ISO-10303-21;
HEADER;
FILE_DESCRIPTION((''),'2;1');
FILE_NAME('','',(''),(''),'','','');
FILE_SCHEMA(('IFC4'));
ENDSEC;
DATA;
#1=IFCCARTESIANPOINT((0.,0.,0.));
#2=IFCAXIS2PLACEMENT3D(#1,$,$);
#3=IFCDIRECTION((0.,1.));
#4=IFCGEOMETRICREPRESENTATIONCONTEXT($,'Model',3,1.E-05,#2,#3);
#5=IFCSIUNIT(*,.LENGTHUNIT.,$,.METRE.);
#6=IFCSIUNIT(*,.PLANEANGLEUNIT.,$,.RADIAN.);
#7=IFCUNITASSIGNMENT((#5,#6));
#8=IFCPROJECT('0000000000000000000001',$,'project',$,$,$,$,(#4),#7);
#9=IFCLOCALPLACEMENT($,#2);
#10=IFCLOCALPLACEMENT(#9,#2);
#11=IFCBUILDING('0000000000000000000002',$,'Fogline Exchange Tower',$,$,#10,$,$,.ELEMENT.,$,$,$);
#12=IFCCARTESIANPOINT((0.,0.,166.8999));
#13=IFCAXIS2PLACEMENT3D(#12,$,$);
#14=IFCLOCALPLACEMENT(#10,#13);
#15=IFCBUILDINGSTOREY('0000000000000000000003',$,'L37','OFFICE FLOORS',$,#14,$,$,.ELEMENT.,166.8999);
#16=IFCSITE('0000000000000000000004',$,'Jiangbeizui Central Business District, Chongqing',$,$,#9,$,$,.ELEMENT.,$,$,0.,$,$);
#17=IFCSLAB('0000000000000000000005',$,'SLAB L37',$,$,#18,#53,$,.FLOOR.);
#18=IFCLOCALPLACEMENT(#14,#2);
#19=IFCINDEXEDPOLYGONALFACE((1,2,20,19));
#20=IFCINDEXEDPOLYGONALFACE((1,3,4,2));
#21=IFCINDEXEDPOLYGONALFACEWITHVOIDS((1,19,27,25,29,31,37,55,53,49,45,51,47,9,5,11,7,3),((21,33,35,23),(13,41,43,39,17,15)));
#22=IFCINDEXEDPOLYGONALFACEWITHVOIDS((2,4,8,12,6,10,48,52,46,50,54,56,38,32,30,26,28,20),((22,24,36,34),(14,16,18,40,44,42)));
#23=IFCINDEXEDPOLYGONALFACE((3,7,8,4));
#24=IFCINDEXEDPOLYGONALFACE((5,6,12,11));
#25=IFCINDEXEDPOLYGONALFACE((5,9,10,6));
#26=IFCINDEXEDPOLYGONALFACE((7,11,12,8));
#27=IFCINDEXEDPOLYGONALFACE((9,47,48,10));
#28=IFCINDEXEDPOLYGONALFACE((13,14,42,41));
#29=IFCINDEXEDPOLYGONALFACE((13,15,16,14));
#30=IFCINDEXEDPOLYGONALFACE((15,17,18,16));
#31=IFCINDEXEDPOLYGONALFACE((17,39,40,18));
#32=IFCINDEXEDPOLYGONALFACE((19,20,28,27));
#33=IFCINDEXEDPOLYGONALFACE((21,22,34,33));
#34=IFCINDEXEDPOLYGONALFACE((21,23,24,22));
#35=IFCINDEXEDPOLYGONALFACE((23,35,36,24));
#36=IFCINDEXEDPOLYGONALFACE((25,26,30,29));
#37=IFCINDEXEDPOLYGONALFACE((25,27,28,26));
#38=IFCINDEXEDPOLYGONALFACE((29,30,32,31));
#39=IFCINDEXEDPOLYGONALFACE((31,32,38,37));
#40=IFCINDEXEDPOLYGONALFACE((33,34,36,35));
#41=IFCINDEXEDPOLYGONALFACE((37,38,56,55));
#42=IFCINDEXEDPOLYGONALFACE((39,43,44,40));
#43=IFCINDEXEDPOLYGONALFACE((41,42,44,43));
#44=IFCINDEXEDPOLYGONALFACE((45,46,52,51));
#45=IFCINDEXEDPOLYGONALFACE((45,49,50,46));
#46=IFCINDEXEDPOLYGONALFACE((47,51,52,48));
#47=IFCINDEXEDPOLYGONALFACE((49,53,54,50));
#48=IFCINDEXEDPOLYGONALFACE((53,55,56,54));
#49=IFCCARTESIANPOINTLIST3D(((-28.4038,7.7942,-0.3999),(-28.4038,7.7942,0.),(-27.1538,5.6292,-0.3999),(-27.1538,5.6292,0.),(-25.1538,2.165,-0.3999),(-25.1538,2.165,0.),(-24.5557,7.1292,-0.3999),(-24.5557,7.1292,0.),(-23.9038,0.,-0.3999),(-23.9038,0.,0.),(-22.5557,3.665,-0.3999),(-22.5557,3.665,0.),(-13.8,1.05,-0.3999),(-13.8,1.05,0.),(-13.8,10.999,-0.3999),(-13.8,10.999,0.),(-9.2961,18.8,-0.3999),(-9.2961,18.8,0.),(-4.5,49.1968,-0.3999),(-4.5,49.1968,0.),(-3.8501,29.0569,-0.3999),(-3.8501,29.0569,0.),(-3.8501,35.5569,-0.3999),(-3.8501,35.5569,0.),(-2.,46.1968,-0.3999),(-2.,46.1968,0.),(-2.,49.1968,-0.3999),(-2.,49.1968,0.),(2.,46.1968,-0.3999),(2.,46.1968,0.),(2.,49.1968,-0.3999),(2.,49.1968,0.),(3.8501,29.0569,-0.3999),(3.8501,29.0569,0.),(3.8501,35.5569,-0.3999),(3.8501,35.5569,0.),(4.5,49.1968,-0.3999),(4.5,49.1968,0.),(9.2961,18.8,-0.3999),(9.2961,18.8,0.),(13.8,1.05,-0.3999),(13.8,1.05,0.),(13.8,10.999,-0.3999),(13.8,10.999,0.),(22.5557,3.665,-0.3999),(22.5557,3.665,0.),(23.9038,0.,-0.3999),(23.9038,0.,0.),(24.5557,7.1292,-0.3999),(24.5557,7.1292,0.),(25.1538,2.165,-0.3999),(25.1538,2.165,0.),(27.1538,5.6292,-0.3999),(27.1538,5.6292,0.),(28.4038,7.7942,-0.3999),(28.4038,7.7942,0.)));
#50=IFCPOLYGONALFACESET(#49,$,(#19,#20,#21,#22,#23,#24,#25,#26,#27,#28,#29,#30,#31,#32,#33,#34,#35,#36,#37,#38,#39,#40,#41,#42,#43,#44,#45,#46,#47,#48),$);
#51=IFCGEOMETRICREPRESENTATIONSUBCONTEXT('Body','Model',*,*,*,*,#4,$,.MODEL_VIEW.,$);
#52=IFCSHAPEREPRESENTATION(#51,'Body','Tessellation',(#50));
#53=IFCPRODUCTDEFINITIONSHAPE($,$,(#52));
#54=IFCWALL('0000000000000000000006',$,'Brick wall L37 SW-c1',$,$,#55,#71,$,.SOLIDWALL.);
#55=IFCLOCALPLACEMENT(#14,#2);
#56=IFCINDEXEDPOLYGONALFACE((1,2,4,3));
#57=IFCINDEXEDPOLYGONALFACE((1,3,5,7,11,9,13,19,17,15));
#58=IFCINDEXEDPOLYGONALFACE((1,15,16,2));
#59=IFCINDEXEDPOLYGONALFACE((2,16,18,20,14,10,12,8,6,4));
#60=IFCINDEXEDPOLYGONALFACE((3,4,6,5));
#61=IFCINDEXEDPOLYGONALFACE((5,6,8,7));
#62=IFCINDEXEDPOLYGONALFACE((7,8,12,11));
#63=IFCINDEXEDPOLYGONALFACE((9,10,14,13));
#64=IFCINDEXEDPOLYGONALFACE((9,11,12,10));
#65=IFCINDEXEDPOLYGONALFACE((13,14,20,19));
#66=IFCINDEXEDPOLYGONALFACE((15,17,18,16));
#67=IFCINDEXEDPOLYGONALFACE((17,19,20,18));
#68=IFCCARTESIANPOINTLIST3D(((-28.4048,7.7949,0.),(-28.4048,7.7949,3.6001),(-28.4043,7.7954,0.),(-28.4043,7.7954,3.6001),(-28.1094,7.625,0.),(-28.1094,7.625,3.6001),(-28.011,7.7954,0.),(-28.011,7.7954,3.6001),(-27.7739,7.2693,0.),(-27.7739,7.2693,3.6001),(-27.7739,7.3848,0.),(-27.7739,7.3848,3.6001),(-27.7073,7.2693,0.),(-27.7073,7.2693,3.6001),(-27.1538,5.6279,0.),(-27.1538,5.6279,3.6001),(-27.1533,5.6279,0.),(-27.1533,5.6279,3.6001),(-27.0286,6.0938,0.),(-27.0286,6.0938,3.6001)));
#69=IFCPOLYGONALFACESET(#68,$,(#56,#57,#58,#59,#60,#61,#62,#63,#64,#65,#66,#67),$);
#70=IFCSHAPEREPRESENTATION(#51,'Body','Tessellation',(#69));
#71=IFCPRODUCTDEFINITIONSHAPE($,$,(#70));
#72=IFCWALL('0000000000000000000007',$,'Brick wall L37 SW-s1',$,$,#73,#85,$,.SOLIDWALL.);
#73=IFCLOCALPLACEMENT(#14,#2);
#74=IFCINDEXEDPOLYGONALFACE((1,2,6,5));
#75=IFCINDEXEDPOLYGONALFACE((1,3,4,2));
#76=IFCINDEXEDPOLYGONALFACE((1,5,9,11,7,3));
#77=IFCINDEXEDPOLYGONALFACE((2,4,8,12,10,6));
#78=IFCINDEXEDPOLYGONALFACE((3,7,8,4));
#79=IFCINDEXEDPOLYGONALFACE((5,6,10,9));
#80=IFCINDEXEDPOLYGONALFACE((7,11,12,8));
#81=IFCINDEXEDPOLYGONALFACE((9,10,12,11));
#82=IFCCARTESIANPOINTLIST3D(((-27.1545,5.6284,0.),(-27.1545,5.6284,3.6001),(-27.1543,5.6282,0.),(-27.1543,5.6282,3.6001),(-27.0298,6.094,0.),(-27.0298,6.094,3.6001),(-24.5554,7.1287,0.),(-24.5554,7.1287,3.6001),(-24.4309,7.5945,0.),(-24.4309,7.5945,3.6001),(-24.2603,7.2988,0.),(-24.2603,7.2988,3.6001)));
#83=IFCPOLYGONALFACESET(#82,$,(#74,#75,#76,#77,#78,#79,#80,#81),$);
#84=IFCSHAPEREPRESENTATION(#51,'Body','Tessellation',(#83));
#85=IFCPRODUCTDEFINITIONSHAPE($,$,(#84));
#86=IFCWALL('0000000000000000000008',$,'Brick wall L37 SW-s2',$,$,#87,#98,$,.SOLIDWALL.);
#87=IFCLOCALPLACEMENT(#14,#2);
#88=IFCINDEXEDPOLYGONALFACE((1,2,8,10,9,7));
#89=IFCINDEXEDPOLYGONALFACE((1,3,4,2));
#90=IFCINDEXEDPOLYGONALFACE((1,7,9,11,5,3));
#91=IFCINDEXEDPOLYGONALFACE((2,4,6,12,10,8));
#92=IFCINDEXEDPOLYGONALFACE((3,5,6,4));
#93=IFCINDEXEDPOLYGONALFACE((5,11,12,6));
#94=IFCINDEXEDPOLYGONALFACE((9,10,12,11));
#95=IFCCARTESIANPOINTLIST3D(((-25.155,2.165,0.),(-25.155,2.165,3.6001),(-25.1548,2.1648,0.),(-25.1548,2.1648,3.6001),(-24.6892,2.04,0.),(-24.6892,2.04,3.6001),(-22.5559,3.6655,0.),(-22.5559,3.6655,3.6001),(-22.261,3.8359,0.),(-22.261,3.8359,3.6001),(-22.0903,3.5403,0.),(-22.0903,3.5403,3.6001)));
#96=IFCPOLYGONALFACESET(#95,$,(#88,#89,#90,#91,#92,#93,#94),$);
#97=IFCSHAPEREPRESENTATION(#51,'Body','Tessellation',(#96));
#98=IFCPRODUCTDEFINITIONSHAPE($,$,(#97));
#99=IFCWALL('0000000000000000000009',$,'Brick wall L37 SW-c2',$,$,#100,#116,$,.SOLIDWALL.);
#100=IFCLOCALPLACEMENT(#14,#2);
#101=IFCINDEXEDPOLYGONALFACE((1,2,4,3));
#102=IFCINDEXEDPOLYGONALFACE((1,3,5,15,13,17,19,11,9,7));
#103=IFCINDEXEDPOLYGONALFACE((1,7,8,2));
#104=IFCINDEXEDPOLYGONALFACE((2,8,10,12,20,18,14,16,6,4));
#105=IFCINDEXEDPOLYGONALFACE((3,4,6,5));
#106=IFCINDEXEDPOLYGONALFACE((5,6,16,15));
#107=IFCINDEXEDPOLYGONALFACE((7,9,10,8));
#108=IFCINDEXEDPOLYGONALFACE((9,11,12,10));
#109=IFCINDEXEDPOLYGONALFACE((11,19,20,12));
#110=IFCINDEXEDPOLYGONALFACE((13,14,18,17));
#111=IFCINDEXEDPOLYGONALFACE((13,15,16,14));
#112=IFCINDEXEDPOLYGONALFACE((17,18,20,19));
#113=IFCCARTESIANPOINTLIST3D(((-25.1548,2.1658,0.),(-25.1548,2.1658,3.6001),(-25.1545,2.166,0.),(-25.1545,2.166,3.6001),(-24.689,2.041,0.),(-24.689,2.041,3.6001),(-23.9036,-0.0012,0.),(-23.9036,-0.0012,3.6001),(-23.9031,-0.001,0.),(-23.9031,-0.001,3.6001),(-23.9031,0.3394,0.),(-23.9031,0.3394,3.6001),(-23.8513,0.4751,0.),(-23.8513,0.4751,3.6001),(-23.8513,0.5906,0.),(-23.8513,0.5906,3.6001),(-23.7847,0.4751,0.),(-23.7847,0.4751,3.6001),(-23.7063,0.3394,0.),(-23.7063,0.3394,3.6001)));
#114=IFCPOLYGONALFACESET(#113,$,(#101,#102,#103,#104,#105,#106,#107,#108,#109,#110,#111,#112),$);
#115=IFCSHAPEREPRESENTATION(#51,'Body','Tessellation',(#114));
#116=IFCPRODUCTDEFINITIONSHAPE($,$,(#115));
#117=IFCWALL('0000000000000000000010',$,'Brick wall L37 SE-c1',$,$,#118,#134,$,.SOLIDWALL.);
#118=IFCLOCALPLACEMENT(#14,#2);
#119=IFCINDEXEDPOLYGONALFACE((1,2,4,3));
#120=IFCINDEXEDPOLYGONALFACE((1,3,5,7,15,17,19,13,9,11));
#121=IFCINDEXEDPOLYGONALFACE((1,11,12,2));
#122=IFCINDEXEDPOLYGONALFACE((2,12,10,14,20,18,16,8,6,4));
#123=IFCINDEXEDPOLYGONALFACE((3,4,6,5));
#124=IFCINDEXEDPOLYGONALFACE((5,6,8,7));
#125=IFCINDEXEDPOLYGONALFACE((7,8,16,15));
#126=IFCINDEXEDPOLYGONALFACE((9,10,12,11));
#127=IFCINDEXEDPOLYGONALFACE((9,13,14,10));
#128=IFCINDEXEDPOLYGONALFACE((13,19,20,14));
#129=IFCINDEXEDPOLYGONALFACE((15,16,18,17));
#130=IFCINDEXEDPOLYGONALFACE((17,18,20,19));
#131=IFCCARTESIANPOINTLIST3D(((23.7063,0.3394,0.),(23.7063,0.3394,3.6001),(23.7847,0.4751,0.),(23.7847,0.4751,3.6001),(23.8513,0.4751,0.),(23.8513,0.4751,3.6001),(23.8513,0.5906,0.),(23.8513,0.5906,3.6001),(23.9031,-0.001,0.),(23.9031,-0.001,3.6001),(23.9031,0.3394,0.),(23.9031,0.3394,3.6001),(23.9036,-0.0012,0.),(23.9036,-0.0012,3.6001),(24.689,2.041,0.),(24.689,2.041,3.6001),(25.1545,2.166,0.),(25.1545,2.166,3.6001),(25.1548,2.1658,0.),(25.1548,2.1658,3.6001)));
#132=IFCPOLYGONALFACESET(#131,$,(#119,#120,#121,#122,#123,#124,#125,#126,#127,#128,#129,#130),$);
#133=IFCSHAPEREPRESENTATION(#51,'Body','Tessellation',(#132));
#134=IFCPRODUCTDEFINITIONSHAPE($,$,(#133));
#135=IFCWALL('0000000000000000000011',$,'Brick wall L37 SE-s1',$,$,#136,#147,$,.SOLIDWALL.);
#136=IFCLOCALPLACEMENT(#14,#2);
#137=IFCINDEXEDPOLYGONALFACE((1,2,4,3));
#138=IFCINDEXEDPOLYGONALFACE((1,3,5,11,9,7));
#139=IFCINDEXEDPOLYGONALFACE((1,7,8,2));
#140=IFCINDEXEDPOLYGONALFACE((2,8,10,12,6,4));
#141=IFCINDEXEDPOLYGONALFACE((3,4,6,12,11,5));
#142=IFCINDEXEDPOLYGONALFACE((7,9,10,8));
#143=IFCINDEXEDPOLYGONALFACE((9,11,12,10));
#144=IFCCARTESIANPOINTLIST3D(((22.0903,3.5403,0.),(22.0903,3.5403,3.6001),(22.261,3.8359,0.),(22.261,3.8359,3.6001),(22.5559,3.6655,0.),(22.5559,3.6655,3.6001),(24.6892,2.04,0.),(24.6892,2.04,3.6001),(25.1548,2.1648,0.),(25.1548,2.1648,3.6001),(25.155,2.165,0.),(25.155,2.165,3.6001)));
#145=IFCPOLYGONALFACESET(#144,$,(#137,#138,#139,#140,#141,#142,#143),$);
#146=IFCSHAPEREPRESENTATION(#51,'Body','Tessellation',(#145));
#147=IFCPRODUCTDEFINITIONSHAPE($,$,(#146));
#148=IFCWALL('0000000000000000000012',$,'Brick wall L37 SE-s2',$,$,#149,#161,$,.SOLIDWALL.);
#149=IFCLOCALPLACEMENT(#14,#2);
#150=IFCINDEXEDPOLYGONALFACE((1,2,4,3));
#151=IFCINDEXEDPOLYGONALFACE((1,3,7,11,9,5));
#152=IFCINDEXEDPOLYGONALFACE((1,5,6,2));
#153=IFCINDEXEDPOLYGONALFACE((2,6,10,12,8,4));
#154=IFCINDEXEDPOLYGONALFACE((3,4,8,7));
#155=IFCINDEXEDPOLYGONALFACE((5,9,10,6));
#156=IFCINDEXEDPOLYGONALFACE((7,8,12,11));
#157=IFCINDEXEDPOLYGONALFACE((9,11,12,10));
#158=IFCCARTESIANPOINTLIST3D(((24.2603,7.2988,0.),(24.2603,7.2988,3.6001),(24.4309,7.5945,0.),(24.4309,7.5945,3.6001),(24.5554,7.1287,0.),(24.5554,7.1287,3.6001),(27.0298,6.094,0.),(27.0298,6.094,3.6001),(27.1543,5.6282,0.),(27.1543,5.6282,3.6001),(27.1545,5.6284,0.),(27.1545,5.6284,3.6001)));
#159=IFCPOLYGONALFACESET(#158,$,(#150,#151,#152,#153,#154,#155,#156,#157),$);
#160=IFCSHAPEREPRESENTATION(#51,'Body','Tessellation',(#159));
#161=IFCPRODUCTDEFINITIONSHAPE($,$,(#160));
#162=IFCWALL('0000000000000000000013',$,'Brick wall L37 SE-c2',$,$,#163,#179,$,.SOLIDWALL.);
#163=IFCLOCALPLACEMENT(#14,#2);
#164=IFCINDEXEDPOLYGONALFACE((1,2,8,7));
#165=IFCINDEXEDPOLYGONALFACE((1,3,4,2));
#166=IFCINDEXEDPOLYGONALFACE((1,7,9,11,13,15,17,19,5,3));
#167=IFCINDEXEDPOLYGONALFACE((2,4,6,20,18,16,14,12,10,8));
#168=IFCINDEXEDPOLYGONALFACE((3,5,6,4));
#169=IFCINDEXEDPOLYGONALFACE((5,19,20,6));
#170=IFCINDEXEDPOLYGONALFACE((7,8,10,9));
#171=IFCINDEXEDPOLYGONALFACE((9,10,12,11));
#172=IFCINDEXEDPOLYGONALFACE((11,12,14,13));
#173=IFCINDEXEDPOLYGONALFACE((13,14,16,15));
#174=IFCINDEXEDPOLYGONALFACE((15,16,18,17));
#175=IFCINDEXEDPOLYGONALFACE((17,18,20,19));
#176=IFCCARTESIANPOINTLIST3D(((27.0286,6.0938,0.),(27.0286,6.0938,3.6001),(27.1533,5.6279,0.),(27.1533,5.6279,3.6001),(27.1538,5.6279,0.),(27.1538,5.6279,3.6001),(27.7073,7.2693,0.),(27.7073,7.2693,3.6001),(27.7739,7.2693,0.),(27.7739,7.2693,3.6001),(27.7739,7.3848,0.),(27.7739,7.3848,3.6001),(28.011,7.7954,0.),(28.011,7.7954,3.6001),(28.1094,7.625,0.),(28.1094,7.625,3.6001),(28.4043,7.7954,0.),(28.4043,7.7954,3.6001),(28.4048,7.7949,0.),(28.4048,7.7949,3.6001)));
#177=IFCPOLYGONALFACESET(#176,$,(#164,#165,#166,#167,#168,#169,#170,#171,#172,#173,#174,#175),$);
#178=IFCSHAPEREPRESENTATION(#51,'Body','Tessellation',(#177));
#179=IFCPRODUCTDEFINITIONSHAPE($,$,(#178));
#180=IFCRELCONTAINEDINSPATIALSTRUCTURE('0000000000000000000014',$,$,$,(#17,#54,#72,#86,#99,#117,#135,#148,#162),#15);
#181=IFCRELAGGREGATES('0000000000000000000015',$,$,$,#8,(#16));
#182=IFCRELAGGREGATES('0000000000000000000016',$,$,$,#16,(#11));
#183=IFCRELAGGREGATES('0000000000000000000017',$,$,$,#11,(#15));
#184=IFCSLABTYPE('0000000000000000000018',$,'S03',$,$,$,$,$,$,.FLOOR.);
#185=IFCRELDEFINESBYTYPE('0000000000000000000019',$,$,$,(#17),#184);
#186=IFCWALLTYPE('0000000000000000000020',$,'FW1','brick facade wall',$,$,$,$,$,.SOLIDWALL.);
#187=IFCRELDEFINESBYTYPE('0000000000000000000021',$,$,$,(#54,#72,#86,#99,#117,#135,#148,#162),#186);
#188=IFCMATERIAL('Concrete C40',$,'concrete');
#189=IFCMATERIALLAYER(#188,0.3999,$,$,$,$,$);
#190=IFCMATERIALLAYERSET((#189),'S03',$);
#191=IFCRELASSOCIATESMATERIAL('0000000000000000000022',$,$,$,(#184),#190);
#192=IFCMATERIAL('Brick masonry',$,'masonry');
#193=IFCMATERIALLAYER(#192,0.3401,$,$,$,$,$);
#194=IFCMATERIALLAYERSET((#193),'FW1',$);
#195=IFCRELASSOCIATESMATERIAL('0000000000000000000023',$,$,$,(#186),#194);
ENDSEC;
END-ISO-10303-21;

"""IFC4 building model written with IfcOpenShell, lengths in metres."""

from ifc_helpers import new_model, si_unit, direction, frame, origin, place, context, subcontext, project, spatial, polyline, outline, extrude, material, layer, layer_set, type_object, element, save


model = new_model("IFC4")

# Units and contexts
model_context = context("Model", 3, precision=1e-05, world=origin(), true_north=direction((0.0, 1.0)))
body_context = subcontext(model_context, "Body", "Model", "MODEL_VIEW")
ifc_project = project(units=[si_unit("LENGTHUNIT", "METRE"), si_unit("PLANEANGLEUNIT", "RADIAN")], contexts=[model_context])

# Site, building, storey
site_placement = place(None, origin())
site = spatial("IfcSite", under=ifc_project, at=site_placement, Name="Jiangbeizui Central Business District, Chongqing", CompositionType="ELEMENT", RefElevation=0.0)
building_placement = place(site_placement, origin())
building = spatial("IfcBuilding", under=site, at=building_placement, Name="Fogline Exchange Tower", CompositionType="ELEMENT")
storey_placement = place(building_placement, frame((0.0, 0.0, 166.8999)))
storey = spatial("IfcBuildingStorey", under=building, at=storey_placement, Name="L37", Description="OFFICE FLOORS", CompositionType="ELEMENT", Elevation=166.8999)

# Slab
ifc_material_1 = material(Name="Concrete C40", Category="concrete")
ifc_layer_1 = layer(ifc_material_1, 0.3999)
ifc_layer_set_1 = layer_set([ifc_layer_1], Name="S03")
slab_type = type_object("IfcSlabType", Name="S03", PredefinedType="FLOOR", material=ifc_layer_set_1)
slab_placement = place(storey_placement, frame((0.0, 0.0, -0.3999)))
element("IfcSlab", 1, at=slab_placement, inside=storey, type_object=slab_type, Name="SLAB L37", PredefinedType="FLOOR", context=body_context, shape_type="SweptSolid", body=[
    extrude(outline(polyline([(-2.0, 49.1968), (-4.5, 49.1968), (-28.4038, 7.7942), (-27.1538, 5.6292), (-24.5557, 7.1292), (-22.5557, 3.665), (-25.1538, 2.165), (-23.9038, 0.0), (23.9038, 0.0), (25.1538, 2.165), (22.5557, 3.665), (24.5557, 7.1292), (27.1538, 5.6292), (28.4038, 7.7942), (4.5, 49.1968), (2.0, 49.1968), (2.0, 46.1968), (-2.0, 46.1968), (-2.0, 49.1968)]), holes=[polyline([(13.8, 10.999), (13.8, 1.05), (-13.8, 1.05), (-13.8, 10.999), (-9.2961, 18.8), (9.2961, 18.8), (13.8, 10.999)]), polyline([(3.8501, 35.5569), (3.8501, 29.0569), (-3.8501, 29.0569), (-3.8501, 35.5569), (3.8501, 35.5569)])]), origin(), (0.0, 0.0, 1.0), 0.3999),
])

# Walls
ifc_material_2 = material(Name="Brick masonry", Category="masonry")
ifc_layer_2 = layer(ifc_material_2, 0.3401)
ifc_layer_set_2 = layer_set([ifc_layer_2], Name="FW1")
wall_type = type_object("IfcWallType", Name="FW1", Description="brick facade wall", PredefinedType="SOLIDWALL", material=ifc_layer_set_2)
wall_1_placement = place(storey_placement, origin())
element("IfcWall", 2, at=wall_1_placement, inside=storey, type_object=wall_type, Name="Brick wall L37 SW-c1", PredefinedType="SOLIDWALL", context=body_context, shape_type="SweptSolid", body=[
    extrude(outline(polyline([(-27.1538, 5.6279), (-28.4048, 7.7949), (-28.4043, 7.7954), (-28.1094, 7.625), (-28.011, 7.7954), (-27.7739, 7.3848), (-27.7739, 7.2693), (-27.7073, 7.2693), (-27.0286, 6.0938), (-27.1533, 5.6279), (-27.1538, 5.6279)])), origin(), (0.0, 0.0, 1.0), 3.6001),
])
wall_2_placement = place(storey_placement, origin())
element("IfcWall", 3, at=wall_2_placement, inside=storey, type_object=wall_type, Name="Brick wall L37 SW-s1", PredefinedType="SOLIDWALL", context=body_context, shape_type="SweptSolid", body=[
    extrude(outline(polyline([(-24.4309, 7.5945), (-24.2603, 7.2988), (-24.5554, 7.1287), (-27.1543, 5.6282), (-27.1545, 5.6284), (-27.0298, 6.094), (-24.4309, 7.5945)])), origin(), (0.0, 0.0, 1.0), 3.6001),
])
wall_3_placement = place(storey_placement, origin())
element("IfcWall", 4, at=wall_3_placement, inside=storey, type_object=wall_type, Name="Brick wall L37 SW-s2", PredefinedType="SOLIDWALL", context=body_context, shape_type="SweptSolid", body=[
    extrude(outline(polyline([(-25.155, 2.165), (-22.5559, 3.6655), (-22.261, 3.8359), (-22.0903, 3.5403), (-24.6892, 2.04), (-25.1548, 2.1648), (-25.155, 2.165)])), origin(), (0.0, 0.0, 1.0), 3.6001),
])
wall_4_placement = place(storey_placement, origin())
element("IfcWall", 5, at=wall_4_placement, inside=storey, type_object=wall_type, Name="Brick wall L37 SW-c2", PredefinedType="SOLIDWALL", context=body_context, shape_type="SweptSolid", body=[
    extrude(outline(polyline([(-23.8513, 0.5906), (-23.8513, 0.4751), (-23.7847, 0.4751), (-23.7063, 0.3394), (-23.9031, 0.3394), (-23.9031, -0.001), (-23.9036, -0.0012), (-25.1548, 2.1658), (-25.1545, 2.166), (-24.689, 2.041), (-23.8513, 0.5906)])), origin(), (0.0, 0.0, 1.0), 3.6001),
])
wall_5_placement = place(storey_placement, origin())
element("IfcWall", 6, at=wall_5_placement, inside=storey, type_object=wall_type, Name="Brick wall L37 SE-c1", PredefinedType="SOLIDWALL", context=body_context, shape_type="SweptSolid", body=[
    extrude(outline(polyline([(25.1548, 2.1658), (23.9036, -0.0012), (23.9031, -0.001), (23.9031, 0.3394), (23.7063, 0.3394), (23.7847, 0.4751), (23.8513, 0.4751), (23.8513, 0.5906), (24.689, 2.041), (25.1545, 2.166), (25.1548, 2.1658)])), origin(), (0.0, 0.0, 1.0), 3.6001),
])
wall_6_placement = place(storey_placement, origin())
element("IfcWall", 7, at=wall_6_placement, inside=storey, type_object=wall_type, Name="Brick wall L37 SE-s1", PredefinedType="SOLIDWALL", context=body_context, shape_type="SweptSolid", body=[
    extrude(outline(polyline([(22.0903, 3.5403), (22.261, 3.8359), (22.5559, 3.6655), (25.155, 2.165), (25.1548, 2.1648), (24.6892, 2.04), (22.0903, 3.5403)])), origin(), (0.0, 0.0, 1.0), 3.6001),
])
wall_7_placement = place(storey_placement, origin())
element("IfcWall", 8, at=wall_7_placement, inside=storey, type_object=wall_type, Name="Brick wall L37 SE-s2", PredefinedType="SOLIDWALL", context=body_context, shape_type="SweptSolid", body=[
    extrude(outline(polyline([(27.1543, 5.6282), (24.5554, 7.1287), (24.2603, 7.2988), (24.4309, 7.5945), (27.0298, 6.094), (27.1545, 5.6284), (27.1543, 5.6282)])), origin(), (0.0, 0.0, 1.0), 3.6001),
])
wall_8_placement = place(storey_placement, origin())
element("IfcWall", 9, at=wall_8_placement, inside=storey, type_object=wall_type, Name="Brick wall L37 SE-c2", PredefinedType="SOLIDWALL", context=body_context, shape_type="SweptSolid", body=[
    extrude(outline(polyline([(27.7073, 7.2693), (27.7739, 7.2693), (27.7739, 7.3848), (28.011, 7.7954), (28.1094, 7.625), (28.4043, 7.7954), (28.4048, 7.7949), (27.1538, 5.6279), (27.1533, 5.6279), (27.0286, 6.0938), (27.7073, 7.2693)])), origin(), (0.0, 0.0, 1.0), 3.6001),
])

save(model, "model.ifc")
